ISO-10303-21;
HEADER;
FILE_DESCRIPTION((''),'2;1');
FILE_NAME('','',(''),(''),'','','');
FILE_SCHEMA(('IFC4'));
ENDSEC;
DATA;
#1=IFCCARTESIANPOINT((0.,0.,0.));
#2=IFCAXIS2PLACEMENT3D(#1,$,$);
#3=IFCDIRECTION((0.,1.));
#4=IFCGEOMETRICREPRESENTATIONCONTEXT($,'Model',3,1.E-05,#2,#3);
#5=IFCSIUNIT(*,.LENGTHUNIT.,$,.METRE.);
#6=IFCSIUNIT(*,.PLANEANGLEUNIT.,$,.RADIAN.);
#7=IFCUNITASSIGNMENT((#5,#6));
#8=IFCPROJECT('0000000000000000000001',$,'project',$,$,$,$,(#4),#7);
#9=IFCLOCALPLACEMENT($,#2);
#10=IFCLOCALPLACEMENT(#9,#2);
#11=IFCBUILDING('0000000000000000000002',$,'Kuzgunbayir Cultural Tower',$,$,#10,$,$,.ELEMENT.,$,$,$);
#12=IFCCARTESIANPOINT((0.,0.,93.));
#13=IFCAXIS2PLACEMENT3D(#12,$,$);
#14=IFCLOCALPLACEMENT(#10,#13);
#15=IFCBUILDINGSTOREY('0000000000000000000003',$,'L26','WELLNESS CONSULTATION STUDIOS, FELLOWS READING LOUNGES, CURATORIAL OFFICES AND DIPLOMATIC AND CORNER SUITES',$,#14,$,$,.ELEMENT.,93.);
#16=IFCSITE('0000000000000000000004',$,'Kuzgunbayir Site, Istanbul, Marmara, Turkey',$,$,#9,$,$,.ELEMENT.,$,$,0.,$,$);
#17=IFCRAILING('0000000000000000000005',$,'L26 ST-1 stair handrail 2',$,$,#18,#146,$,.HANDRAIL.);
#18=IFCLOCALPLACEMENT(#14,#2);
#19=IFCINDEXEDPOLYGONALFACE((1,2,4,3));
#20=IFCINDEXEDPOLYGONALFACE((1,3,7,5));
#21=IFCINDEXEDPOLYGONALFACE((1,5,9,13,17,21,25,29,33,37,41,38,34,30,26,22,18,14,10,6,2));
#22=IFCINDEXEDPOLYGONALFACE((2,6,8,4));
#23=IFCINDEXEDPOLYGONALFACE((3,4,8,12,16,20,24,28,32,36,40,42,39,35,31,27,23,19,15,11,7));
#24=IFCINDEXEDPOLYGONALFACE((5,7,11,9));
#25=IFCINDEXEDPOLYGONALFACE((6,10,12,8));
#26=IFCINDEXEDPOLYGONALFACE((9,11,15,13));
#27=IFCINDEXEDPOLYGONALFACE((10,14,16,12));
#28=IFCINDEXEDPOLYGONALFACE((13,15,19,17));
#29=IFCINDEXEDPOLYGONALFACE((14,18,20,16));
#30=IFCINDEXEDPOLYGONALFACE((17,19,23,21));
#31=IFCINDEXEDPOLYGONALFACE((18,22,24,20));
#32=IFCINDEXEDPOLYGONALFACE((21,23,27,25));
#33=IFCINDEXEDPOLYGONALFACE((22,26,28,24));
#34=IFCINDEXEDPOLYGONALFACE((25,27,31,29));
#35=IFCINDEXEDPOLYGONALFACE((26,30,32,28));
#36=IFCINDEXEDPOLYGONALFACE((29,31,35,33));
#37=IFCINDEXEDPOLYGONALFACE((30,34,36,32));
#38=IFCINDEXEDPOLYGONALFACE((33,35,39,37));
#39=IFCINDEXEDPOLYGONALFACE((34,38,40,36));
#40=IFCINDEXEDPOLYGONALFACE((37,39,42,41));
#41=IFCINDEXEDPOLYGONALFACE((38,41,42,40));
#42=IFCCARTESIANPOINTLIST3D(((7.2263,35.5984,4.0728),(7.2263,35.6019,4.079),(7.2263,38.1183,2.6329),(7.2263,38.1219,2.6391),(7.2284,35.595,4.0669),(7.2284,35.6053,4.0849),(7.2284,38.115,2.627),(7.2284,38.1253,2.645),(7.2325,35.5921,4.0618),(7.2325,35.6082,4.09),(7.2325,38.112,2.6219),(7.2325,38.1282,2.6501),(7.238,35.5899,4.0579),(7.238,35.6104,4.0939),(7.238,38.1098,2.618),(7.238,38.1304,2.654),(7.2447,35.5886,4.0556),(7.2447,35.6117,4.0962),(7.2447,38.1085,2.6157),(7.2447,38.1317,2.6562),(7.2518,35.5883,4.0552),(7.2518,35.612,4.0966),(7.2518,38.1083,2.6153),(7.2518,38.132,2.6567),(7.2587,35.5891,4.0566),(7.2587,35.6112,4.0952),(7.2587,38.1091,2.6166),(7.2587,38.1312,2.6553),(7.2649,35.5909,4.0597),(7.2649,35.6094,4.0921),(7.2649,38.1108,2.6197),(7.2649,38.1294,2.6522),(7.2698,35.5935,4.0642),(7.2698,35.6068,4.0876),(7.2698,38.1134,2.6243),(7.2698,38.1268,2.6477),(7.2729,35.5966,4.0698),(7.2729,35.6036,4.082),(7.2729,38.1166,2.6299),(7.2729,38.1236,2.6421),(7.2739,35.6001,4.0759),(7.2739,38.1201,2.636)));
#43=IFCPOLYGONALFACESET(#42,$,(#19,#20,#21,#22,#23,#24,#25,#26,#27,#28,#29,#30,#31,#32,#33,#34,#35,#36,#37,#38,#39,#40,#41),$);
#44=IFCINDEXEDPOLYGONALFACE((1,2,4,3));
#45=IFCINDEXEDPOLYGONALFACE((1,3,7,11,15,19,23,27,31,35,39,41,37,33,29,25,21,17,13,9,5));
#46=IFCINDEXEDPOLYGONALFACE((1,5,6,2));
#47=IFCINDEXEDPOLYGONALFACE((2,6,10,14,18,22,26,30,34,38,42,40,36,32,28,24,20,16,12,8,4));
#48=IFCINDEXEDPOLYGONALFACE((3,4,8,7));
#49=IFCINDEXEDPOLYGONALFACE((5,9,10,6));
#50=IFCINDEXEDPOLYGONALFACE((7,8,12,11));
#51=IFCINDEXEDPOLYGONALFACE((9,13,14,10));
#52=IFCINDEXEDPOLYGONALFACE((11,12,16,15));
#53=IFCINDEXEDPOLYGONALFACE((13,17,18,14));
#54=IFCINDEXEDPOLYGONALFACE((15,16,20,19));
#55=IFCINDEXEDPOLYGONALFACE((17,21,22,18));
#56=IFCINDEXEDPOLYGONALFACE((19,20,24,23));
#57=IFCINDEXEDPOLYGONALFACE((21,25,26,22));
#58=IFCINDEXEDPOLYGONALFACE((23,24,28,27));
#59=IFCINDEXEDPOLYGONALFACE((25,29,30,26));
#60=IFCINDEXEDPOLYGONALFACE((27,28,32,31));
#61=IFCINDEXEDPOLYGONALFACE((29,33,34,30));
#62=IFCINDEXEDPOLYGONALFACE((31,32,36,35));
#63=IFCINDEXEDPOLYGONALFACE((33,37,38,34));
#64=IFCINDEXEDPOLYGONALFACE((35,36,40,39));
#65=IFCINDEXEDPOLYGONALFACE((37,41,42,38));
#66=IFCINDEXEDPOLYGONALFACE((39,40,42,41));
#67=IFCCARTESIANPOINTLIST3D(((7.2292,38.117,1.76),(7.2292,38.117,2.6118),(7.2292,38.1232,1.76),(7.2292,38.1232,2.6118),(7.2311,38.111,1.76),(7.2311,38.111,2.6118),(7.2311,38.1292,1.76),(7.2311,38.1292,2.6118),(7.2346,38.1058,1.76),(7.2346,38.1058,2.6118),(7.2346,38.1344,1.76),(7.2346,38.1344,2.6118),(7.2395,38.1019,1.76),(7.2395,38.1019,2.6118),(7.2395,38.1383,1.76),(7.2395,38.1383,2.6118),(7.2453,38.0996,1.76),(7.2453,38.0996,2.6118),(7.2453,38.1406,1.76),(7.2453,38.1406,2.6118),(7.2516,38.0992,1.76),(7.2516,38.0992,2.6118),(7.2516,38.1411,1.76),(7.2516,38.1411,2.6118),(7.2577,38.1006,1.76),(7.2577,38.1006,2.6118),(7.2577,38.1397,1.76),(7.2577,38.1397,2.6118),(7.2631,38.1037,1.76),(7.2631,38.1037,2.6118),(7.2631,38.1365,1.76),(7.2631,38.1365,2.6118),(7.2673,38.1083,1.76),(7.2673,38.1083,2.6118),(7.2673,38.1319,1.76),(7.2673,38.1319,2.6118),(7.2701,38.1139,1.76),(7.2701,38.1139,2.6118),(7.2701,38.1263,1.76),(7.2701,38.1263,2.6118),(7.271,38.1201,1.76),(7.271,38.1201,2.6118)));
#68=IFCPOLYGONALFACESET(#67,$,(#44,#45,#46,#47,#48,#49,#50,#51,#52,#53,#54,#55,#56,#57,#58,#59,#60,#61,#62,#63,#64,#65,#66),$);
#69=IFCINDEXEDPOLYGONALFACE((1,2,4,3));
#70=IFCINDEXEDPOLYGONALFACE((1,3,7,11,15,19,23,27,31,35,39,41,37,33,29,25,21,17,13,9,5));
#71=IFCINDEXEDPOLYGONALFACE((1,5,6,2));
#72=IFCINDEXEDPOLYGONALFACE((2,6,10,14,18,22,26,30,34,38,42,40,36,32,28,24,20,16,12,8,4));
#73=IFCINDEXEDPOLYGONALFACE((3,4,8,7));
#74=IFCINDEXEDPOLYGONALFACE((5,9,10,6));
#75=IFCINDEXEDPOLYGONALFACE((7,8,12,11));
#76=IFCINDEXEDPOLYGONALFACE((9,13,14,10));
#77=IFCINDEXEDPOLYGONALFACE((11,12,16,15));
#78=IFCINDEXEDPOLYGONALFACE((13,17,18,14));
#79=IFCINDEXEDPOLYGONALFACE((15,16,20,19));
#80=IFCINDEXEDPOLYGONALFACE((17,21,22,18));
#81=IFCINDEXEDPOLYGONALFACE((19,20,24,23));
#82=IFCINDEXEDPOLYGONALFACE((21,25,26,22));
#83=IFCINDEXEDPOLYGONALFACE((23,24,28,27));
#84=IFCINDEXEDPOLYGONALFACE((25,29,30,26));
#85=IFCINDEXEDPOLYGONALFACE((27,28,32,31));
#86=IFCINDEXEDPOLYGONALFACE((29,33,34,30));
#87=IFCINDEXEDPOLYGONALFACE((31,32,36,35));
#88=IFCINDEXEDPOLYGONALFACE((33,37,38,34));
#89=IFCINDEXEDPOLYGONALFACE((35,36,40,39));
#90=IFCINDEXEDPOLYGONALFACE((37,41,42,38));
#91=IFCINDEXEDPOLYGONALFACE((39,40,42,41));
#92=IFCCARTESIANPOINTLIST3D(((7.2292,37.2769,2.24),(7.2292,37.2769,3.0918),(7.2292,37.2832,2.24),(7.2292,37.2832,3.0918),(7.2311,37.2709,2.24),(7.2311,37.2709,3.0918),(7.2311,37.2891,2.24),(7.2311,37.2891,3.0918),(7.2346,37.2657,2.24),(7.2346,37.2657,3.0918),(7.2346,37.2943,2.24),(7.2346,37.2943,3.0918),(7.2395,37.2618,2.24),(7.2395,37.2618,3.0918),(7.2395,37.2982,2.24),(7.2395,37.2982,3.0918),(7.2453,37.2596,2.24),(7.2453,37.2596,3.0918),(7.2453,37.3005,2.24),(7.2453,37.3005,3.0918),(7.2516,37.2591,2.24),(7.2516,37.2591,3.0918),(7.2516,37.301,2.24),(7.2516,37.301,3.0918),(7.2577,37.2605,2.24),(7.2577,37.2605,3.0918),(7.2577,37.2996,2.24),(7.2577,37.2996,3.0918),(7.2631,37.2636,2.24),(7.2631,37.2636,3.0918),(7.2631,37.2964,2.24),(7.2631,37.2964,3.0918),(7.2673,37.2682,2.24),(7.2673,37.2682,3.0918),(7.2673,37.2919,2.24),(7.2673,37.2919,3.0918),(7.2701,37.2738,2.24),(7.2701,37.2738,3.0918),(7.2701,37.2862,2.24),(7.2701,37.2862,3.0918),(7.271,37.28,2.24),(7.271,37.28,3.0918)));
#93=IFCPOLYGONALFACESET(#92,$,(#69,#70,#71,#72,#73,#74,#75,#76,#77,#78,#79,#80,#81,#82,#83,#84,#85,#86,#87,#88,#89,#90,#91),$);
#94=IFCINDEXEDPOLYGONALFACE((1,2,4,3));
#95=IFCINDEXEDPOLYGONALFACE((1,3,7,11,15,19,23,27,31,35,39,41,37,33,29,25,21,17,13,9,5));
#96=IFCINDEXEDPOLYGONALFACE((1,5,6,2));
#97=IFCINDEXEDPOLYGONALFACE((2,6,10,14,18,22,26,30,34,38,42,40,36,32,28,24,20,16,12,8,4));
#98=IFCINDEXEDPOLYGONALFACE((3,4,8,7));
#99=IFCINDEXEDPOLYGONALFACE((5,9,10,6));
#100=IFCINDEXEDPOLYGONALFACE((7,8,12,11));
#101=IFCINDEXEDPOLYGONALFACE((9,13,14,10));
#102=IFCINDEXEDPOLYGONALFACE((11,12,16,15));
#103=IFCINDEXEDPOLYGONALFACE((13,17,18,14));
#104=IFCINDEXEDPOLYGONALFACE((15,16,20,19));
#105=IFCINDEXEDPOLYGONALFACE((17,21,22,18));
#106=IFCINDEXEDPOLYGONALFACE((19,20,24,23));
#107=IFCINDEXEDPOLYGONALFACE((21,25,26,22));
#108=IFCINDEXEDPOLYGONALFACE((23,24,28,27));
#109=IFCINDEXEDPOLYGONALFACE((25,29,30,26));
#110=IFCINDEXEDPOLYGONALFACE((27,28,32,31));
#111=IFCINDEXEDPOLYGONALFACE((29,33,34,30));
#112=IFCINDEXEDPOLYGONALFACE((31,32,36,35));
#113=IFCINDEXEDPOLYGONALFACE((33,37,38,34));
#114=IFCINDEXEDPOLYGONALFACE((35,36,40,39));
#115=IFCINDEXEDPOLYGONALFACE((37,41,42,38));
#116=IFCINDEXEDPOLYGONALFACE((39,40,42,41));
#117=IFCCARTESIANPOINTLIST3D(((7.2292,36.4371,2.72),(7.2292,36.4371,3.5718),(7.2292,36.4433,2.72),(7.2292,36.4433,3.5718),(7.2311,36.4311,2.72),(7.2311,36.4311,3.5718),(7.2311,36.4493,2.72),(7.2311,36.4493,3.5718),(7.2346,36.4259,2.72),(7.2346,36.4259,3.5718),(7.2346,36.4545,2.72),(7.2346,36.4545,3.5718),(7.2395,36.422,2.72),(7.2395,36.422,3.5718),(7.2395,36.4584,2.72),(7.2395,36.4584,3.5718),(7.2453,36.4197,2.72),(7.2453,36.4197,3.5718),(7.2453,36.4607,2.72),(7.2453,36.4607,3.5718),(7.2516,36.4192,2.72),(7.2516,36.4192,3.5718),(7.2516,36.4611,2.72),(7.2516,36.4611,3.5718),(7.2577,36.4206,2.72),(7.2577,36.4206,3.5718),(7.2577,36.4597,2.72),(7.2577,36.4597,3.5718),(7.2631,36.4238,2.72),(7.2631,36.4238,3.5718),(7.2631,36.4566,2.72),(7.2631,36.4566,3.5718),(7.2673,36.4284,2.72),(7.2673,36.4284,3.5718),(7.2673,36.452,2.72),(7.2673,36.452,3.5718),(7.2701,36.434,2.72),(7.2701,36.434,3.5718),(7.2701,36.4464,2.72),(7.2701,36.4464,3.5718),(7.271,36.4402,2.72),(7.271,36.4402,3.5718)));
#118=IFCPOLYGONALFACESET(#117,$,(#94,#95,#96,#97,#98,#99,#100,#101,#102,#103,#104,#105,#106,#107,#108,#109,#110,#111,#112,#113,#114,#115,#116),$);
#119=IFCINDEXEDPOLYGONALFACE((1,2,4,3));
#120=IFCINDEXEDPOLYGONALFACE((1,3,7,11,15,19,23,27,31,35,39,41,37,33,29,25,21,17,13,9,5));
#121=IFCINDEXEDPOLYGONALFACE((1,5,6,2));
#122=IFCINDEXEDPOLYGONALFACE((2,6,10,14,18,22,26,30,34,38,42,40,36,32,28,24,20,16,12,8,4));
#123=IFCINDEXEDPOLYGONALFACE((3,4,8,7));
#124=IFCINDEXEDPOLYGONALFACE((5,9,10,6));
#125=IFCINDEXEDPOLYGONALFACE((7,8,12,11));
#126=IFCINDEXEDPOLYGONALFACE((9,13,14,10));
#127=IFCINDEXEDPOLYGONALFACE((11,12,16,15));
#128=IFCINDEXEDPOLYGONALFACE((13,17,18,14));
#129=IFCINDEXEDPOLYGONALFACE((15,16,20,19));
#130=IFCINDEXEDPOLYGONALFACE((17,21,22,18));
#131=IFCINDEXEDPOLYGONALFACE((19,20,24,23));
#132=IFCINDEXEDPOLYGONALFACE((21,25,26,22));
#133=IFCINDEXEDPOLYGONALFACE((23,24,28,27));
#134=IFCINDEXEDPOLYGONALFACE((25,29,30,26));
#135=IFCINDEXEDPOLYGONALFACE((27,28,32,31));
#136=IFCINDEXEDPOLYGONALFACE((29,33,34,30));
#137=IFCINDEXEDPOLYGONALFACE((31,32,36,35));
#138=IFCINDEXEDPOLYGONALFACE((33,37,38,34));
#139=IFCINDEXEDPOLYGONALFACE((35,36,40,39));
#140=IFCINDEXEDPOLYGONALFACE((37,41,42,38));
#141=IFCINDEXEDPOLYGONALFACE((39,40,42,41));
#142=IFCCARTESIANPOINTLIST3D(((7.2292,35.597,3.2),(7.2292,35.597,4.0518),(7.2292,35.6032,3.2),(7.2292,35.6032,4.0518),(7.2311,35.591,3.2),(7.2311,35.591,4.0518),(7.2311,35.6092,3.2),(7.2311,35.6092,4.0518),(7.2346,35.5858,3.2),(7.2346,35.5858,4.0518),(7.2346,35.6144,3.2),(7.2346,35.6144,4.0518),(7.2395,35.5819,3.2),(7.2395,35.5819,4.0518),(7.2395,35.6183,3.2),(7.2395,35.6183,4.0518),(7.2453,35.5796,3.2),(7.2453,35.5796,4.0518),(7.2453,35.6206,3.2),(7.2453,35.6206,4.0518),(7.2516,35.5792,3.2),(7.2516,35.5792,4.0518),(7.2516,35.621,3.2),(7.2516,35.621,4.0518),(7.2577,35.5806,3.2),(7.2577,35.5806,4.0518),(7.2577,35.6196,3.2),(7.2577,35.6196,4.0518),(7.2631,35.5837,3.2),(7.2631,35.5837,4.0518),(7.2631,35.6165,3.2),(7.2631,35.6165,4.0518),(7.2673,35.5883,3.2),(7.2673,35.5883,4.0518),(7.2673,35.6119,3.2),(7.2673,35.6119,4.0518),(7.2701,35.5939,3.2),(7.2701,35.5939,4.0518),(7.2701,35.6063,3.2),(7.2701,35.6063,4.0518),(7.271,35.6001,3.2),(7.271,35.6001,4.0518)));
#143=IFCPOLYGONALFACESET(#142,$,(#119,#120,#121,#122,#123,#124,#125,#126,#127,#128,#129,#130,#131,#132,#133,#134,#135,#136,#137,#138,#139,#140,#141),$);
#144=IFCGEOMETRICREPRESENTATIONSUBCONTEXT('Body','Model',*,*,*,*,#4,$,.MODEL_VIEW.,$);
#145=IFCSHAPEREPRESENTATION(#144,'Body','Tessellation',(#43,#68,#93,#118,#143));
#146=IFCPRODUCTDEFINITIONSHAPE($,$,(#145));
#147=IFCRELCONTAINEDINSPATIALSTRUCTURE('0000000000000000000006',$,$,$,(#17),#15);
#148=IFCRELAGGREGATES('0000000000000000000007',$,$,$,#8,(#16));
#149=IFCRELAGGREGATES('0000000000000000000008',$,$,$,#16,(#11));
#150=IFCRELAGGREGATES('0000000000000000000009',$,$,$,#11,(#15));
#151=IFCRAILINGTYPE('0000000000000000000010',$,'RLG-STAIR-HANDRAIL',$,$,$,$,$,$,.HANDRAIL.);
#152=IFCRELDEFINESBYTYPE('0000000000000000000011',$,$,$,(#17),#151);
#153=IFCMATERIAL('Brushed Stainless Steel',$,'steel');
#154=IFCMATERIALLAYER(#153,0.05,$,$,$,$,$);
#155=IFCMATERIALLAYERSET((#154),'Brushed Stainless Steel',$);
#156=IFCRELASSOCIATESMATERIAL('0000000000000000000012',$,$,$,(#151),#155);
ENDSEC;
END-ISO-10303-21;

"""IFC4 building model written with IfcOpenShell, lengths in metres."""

from ifc_helpers import new_model, si_unit, direction, frame, origin, origin_2d, place, context, subcontext, project, spatial, circle, extrude, material, layer, layer_set, type_object, element, save


model = new_model("IFC4")

# Units and contexts
model_context = context("Model", 3, precision=1e-05, world=origin(), true_north=direction((0.0, 1.0)))
body_context = subcontext(model_context, "Body", "Model", "MODEL_VIEW")
ifc_project = project(units=[si_unit("LENGTHUNIT", "METRE"), si_unit("PLANEANGLEUNIT", "RADIAN")], contexts=[model_context])

# Site, building, storey
site_placement = place(None, origin())
site = spatial("IfcSite", under=ifc_project, at=site_placement, Name="Kuzgunbayir Site, Istanbul, Marmara, Turkey", CompositionType="ELEMENT", RefElevation=0.0)
building_placement = place(site_placement, origin())
building = spatial("IfcBuilding", under=site, at=building_placement, Name="Kuzgunbayir Cultural Tower", CompositionType="ELEMENT")
storey_placement = place(building_placement, frame((0.0, 0.0, 93.0)))
storey = spatial("IfcBuildingStorey", under=building, at=storey_placement, Name="L26", Description="WELLNESS CONSULTATION STUDIOS, FELLOWS READING LOUNGES, CURATORIAL OFFICES AND DIPLOMATIC AND CORNER SUITES", CompositionType="ELEMENT", Elevation=93.0)

# Shared definitions
ifc_material_1 = material(Name="Brushed Stainless Steel", Category="steel")

# Railing
ifc_layer_1 = layer(ifc_material_1, 0.05)
ifc_layer_set_1 = layer_set([ifc_layer_1], Name="Brushed Stainless Steel")
railing_type_1 = type_object("IfcRailingType", Name="RLG-STAIR-HANDRAIL", PredefinedType="HANDRAIL", material=ifc_layer_set_1)
railing_1_placement = place(storey_placement, frame((7.25, 38.1201, 1.76)))
element("IfcRailing", 1, at=railing_1_placement, inside=storey, type_object=railing_type_1, Name="L26 ST-1 stair handrail 2", PredefinedType="HANDRAIL", context=body_context, shape_type="SweptSolid", body=[
    extrude(circle(Radius=0.0239, at=origin_2d()), frame((0.0, 0.0, 0.876), z_axis=(0.0, -0.868253, 0.496121), x_axis=(1.0, 0.0, 0.0)), (0.0, 0.0, 1.0), 2.9023),
    extrude(circle(Radius=0.021, at=origin_2d()), origin(), (0.0, 0.0, 1.0), 0.8518),
    extrude(circle(Radius=0.021, at=origin_2d()), frame((0.0, -0.8401, 0.48)), (0.0, 0.0, 1.0), 0.8518),
    extrude(circle(Radius=0.021, at=origin_2d()), frame((0.0, -1.6799, 0.96)), (0.0, 0.0, 1.0), 0.8518),
    extrude(circle(Radius=0.021, at=origin_2d()), frame((0.0, -2.52, 1.4399)), (0.0, 0.0, 1.0), 0.8518),
])

save(model, "model.ifc")
